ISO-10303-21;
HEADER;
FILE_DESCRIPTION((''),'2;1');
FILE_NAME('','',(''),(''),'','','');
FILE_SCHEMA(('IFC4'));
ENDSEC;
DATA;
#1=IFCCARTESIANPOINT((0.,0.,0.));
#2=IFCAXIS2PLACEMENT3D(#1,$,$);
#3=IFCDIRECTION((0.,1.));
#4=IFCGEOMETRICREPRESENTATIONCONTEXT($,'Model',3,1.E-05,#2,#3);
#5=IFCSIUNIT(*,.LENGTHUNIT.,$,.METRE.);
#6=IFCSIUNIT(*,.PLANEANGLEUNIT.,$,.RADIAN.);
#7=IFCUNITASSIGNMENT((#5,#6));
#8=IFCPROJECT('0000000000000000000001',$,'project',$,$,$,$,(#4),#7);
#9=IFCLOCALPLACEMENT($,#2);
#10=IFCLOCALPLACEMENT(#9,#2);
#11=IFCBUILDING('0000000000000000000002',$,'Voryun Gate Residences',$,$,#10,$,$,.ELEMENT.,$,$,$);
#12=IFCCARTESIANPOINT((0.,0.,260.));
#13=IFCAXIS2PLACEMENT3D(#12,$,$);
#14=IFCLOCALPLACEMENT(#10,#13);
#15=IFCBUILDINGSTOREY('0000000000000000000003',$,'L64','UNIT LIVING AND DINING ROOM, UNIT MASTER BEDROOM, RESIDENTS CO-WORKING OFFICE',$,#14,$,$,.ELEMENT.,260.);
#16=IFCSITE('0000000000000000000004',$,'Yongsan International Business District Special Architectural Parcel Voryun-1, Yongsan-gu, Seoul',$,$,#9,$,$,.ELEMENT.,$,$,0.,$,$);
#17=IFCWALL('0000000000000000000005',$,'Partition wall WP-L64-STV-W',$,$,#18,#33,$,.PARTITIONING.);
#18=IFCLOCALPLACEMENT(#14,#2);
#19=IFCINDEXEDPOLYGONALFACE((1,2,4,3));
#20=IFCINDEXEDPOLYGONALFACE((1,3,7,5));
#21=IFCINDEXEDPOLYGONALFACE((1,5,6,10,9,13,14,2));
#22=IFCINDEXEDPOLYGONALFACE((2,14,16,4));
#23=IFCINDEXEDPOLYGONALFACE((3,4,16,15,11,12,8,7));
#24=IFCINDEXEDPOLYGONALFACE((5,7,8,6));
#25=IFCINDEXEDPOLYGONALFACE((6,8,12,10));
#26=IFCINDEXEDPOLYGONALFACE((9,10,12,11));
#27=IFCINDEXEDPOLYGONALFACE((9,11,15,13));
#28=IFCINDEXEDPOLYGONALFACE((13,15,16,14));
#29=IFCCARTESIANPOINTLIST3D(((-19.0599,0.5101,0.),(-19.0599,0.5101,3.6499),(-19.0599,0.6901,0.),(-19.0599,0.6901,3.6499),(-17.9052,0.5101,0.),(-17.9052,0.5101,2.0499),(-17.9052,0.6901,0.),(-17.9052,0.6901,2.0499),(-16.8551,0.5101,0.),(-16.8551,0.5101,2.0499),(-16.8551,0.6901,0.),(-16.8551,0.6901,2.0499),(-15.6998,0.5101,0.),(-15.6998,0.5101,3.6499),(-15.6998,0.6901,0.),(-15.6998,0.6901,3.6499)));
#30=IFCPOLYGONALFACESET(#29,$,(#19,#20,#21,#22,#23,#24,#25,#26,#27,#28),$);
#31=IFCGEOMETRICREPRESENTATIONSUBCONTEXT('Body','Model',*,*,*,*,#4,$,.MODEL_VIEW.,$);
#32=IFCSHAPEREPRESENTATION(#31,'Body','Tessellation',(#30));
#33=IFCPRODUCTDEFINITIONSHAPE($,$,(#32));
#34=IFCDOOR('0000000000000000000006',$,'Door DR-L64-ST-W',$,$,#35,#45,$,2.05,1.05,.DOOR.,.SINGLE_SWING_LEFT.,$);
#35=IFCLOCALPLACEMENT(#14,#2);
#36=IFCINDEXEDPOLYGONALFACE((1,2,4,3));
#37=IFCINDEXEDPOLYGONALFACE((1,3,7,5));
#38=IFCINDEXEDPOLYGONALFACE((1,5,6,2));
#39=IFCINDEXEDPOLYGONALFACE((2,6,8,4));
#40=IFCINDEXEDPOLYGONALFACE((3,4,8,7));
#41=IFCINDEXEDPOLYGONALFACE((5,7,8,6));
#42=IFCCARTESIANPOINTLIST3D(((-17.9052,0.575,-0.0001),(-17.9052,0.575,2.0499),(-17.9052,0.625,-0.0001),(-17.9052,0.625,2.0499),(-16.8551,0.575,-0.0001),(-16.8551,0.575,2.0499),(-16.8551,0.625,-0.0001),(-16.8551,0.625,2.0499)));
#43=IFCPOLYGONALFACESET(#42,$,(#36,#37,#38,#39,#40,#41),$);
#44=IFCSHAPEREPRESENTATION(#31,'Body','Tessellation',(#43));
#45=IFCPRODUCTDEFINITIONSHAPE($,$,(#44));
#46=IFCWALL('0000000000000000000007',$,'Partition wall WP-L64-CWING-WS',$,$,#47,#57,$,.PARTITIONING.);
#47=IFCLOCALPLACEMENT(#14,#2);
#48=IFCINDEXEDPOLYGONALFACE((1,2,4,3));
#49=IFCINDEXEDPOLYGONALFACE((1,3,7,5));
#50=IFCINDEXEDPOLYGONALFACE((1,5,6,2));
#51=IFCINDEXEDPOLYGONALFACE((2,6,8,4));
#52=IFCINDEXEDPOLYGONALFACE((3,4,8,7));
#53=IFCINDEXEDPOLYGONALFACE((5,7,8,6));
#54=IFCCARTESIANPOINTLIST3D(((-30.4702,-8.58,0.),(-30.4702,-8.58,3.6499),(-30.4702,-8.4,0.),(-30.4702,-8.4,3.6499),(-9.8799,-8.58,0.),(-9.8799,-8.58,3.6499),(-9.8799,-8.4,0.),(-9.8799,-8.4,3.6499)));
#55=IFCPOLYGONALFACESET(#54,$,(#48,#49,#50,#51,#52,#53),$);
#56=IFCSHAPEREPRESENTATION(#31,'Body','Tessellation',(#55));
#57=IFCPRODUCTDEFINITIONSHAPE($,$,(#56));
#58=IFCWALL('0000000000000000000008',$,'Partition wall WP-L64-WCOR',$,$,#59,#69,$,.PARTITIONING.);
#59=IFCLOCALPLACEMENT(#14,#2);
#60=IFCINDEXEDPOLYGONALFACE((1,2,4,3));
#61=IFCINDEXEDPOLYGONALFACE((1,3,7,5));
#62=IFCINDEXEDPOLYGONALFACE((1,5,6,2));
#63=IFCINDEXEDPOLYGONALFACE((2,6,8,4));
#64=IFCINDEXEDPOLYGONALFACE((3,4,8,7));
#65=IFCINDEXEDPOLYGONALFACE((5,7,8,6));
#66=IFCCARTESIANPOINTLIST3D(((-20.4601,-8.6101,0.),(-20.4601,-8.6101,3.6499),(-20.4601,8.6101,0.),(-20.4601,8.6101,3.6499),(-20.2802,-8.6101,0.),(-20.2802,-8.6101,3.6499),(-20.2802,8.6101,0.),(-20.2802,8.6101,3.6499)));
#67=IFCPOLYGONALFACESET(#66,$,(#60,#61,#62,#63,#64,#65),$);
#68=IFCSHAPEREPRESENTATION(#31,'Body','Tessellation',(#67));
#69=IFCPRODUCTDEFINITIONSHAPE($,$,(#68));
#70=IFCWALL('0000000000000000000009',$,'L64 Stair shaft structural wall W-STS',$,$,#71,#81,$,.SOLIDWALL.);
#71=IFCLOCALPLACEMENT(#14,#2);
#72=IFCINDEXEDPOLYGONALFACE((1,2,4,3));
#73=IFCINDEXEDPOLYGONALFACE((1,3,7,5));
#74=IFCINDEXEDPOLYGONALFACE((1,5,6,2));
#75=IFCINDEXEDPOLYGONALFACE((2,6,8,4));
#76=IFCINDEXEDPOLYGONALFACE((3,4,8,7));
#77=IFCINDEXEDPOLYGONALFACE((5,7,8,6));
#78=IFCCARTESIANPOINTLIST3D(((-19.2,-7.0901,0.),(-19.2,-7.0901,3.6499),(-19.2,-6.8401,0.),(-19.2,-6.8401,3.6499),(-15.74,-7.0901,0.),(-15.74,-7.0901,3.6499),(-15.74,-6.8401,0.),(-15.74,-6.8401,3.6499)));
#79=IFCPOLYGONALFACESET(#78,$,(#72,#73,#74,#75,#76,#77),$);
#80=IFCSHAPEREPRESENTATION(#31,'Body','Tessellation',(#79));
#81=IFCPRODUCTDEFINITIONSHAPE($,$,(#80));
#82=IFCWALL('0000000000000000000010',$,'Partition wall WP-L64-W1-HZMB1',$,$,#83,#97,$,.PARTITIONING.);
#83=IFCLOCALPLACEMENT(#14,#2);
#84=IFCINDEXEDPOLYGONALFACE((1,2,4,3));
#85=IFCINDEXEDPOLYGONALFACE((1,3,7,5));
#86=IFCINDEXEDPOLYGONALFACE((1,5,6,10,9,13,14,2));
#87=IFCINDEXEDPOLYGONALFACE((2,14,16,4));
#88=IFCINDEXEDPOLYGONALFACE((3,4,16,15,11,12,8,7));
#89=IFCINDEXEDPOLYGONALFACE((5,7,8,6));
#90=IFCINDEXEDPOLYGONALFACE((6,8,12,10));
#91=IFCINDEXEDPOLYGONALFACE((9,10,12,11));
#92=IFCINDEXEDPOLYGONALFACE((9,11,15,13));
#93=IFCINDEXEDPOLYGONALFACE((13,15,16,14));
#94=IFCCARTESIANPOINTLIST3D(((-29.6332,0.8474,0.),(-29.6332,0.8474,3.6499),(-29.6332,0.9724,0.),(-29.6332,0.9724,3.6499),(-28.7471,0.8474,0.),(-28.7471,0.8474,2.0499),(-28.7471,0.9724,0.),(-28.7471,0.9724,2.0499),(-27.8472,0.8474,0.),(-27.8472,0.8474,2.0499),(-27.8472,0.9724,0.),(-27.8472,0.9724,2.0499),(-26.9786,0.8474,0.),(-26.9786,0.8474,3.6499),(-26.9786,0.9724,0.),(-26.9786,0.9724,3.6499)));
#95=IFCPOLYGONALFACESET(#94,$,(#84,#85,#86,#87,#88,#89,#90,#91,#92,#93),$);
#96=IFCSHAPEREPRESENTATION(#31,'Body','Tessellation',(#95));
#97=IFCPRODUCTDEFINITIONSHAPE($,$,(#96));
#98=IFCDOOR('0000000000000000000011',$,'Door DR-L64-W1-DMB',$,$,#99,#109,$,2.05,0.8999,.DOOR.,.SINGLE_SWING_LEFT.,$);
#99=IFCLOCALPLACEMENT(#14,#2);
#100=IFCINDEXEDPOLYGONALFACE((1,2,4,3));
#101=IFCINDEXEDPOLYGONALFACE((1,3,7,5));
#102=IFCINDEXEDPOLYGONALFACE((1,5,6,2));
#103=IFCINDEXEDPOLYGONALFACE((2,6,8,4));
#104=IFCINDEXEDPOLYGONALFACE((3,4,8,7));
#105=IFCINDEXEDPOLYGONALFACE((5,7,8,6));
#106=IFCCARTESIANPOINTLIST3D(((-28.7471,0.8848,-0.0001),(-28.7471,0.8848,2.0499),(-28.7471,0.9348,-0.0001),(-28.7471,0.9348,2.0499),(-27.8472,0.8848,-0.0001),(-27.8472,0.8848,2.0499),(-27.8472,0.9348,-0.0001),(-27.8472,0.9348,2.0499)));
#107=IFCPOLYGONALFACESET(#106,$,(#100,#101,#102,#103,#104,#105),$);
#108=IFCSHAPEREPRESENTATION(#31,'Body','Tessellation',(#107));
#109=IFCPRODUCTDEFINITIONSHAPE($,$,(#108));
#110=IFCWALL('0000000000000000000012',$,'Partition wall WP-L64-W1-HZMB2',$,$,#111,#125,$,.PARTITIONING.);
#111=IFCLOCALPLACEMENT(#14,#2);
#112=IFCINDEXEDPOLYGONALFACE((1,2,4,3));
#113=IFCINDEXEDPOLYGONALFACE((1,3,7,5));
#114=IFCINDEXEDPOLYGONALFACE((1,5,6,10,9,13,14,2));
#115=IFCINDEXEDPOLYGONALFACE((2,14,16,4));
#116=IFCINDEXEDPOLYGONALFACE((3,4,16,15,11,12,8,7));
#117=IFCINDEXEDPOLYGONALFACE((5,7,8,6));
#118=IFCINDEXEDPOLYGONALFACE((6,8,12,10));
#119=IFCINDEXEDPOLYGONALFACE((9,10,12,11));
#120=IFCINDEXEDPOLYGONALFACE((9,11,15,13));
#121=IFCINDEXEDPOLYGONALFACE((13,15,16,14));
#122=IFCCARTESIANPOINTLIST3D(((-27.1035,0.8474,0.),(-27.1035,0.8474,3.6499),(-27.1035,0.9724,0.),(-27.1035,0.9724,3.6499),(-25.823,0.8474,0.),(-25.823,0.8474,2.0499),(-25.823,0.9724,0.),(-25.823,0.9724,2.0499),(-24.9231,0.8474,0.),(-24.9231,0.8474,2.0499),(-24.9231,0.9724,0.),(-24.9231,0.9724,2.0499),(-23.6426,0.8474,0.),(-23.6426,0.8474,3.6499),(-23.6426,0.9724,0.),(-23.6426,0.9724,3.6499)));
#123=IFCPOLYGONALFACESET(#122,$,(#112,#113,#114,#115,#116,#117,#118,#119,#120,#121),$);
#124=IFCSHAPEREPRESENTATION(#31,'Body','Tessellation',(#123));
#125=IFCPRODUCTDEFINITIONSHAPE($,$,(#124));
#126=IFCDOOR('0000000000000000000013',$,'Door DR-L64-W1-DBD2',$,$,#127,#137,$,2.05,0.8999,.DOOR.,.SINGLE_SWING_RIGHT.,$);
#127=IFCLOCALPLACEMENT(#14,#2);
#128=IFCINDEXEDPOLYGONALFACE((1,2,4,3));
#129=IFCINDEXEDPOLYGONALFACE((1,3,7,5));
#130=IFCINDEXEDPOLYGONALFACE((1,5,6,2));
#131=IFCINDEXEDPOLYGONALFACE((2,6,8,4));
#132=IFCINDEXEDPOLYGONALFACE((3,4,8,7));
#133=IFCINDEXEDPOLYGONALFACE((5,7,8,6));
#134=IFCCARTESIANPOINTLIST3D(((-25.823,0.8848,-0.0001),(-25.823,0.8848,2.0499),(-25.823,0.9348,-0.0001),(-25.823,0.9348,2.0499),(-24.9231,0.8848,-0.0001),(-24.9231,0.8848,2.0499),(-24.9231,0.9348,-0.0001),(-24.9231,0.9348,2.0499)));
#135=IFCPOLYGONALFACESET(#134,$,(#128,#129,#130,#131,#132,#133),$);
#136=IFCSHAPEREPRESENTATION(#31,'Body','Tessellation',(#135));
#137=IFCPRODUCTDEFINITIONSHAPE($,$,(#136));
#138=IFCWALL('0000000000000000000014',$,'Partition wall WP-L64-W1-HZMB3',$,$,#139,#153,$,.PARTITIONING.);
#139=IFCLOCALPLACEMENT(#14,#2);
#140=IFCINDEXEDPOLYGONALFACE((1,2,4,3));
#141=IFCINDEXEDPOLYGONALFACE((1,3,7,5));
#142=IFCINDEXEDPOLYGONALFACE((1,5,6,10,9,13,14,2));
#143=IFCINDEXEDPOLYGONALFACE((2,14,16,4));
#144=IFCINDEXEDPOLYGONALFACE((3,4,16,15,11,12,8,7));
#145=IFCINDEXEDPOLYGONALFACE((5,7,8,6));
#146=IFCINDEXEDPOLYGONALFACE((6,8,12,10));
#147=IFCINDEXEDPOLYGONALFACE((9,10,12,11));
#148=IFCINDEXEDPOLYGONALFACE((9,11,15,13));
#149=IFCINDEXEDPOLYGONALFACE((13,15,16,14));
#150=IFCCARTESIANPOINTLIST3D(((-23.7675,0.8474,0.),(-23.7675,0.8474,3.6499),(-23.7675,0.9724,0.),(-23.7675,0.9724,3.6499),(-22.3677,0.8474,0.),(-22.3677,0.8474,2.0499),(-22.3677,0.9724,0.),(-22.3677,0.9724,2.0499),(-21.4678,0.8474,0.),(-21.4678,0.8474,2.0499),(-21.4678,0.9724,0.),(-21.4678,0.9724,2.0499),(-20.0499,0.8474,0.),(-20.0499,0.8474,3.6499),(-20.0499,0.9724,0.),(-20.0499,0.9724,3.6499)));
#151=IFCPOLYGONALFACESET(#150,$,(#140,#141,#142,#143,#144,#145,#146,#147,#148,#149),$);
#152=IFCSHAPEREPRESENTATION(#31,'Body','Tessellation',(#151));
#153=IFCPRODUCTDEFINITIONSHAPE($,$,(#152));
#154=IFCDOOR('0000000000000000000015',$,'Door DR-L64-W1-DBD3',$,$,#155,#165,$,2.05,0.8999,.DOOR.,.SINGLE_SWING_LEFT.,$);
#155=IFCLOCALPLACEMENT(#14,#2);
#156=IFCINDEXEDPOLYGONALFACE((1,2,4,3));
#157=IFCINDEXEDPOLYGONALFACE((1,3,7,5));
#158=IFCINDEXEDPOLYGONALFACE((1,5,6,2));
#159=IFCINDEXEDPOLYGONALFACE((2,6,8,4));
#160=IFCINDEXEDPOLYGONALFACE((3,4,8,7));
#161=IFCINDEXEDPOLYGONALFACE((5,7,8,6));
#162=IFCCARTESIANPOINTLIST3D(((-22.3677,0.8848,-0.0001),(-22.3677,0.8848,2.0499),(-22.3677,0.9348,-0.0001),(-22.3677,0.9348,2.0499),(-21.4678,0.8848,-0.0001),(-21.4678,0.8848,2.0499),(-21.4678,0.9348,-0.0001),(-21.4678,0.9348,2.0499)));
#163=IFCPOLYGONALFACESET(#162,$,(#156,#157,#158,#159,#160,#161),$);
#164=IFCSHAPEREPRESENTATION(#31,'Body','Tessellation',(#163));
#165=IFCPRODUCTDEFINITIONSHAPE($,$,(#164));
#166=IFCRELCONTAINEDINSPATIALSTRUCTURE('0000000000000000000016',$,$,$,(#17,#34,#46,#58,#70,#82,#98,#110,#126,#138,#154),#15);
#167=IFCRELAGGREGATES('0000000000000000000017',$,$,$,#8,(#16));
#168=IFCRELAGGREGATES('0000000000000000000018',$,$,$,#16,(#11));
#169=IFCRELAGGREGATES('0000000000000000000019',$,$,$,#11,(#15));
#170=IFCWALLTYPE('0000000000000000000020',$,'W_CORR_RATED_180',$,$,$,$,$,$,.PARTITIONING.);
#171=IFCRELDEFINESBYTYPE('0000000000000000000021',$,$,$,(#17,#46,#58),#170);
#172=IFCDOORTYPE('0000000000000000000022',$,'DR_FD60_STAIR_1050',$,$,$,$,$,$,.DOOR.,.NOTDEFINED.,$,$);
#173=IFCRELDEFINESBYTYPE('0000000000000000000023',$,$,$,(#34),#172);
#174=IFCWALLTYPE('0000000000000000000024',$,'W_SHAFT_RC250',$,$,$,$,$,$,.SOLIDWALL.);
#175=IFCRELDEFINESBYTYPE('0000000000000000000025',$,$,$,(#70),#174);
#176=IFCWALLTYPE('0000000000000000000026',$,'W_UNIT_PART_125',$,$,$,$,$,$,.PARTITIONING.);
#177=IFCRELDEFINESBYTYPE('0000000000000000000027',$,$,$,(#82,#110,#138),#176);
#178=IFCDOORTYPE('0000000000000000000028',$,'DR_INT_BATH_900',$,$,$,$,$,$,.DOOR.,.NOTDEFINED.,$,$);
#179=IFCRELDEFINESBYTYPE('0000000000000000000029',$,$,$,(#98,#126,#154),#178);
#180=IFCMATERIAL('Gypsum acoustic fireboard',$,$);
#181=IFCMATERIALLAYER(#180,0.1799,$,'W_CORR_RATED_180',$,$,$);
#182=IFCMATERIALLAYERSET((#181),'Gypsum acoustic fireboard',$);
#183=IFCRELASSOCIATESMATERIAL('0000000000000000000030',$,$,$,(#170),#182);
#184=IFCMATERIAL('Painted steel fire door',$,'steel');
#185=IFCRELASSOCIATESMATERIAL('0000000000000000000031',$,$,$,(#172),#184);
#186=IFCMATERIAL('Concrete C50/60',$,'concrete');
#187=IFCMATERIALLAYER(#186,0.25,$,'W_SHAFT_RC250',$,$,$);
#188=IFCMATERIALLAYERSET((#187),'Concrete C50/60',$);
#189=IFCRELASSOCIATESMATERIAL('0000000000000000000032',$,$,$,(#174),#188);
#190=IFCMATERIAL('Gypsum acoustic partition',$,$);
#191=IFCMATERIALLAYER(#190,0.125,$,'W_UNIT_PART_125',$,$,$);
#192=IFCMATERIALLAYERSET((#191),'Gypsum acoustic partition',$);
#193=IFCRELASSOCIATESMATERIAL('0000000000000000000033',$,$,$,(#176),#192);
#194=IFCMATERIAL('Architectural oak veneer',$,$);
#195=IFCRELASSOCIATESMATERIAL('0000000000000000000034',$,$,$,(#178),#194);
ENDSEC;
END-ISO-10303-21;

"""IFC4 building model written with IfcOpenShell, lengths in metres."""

from ifc_helpers import new_model, si_unit, direction, frame, frame_2d, origin, place, context, subcontext, project, spatial, rectangle, extrude, material, layer, layer_set, type_object, element, fill, save


model = new_model("IFC4")

# Units and contexts
model_context = context("Model", 3, precision=1e-05, world=origin(), true_north=direction((0.0, 1.0)))
body_context = subcontext(model_context, "Body", "Model", "MODEL_VIEW")
ifc_project = project(units=[si_unit("LENGTHUNIT", "METRE"), si_unit("PLANEANGLEUNIT", "RADIAN")], contexts=[model_context])

# Site, building, storey
site_placement = place(None, origin())
site = spatial("IfcSite", under=ifc_project, at=site_placement, Name="Yongsan International Business District Special Architectural Parcel Voryun-1, Yongsan-gu, Seoul", CompositionType="ELEMENT", RefElevation=0.0)
building_placement = place(site_placement, origin())
building = spatial("IfcBuilding", under=site, at=building_placement, Name="Voryun Gate Residences", CompositionType="ELEMENT")
storey_placement = place(building_placement, frame((0.0, 0.0, 260.0)))
storey = spatial("IfcBuildingStorey", under=building, at=storey_placement, Name="L64", Description="UNIT LIVING AND DINING ROOM, UNIT MASTER BEDROOM, RESIDENTS CO-WORKING OFFICE", CompositionType="ELEMENT", Elevation=260.0)

# Wall, opening, door
ifc_material_1 = material(Name="Gypsum acoustic fireboard")
ifc_layer_1 = layer(ifc_material_1, 0.1799, Name="W_CORR_RATED_180")
ifc_layer_set_1 = layer_set([ifc_layer_1], Name="Gypsum acoustic fireboard")
wall_type_1 = type_object("IfcWallType", Name="W_CORR_RATED_180", PredefinedType="PARTITIONING", material=ifc_layer_set_1)
wall_1_placement = place(storey_placement, frame((-19.0601, 0.6001, 0.0), z_axis=(0.0, 0.0, 1.0), x_axis=(1.0, 0.0, 0.0)))
wall_1 = element("IfcWall", 1, at=wall_1_placement, inside=storey, type_object=wall_type_1, Name="Partition wall WP-L64-STV-W", PredefinedType="PARTITIONING", context=body_context, shape_type="SweptSolid", body=[
    extrude(rectangle(XDim=3.3601, YDim=0.1799, at=frame_2d((1.6802, 0.0))), origin(), (0.0, 0.0, 1.0), 3.6499),
])
opening_1_placement = place(wall_1_placement, frame((1.155, 0.0, 0.0)))
opening_1 = element("IfcOpeningElement", 2, at=opening_1_placement, cuts=wall_1, PredefinedType="OPENING", context=body_context, shape_type="SweptSolid", body=[
    extrude(rectangle(XDim=1.05, YDim=2.05, at=frame_2d((0.5249, 1.0249))), frame((0.0, 0.0999, 0.0), z_axis=(0.0, -1.0, 0.0), x_axis=(1.0, 0.0, 0.0)), (0.0, 0.0, 1.0), 0.2),
])
ifc_material_2 = material(Name="Painted steel fire door", Category="steel")
door_type_1 = type_object("IfcDoorType", Name="DR_FD60_STAIR_1050", OperationType="NOTDEFINED", PredefinedType="DOOR", material=ifc_material_2)
door_1_placement = place(opening_1_placement, origin())
door_1 = element("IfcDoor", 3, at=door_1_placement, inside=storey, type_object=door_type_1, Name="Door DR-L64-ST-W", OperationType="SINGLE_SWING_LEFT", OverallHeight=2.05, OverallWidth=1.05, PredefinedType="DOOR", context=body_context, shape_type="SweptSolid", body=[
    extrude(rectangle(XDim=1.05, YDim=2.05, at=frame_2d((0.5249, 1.0249))), frame((0.0, 0.0249, 0.0), z_axis=(0.0, -1.0, 0.0), x_axis=(1.0, 0.0, 0.0)), (0.0, 0.0, 1.0), 0.05),
])
fill(opening_1, door_1)

# Walls
wall_2_placement = place(storey_placement, frame((-30.4702, -8.49, 0.0), z_axis=(0.0, 0.0, 1.0), x_axis=(1.0, 0.0, 0.0)))
element("IfcWall", 4, at=wall_2_placement, inside=storey, type_object=wall_type_1, Name="Partition wall WP-L64-CWING-WS", PredefinedType="PARTITIONING", context=body_context, shape_type="SweptSolid", body=[
    extrude(rectangle(XDim=20.5903, YDim=0.1799, at=frame_2d((10.2952, 0.0))), origin(), (0.0, 0.0, 1.0), 3.6499),
])
wall_3_placement = place(storey_placement, frame((-20.3701, -8.6101, 0.0), z_axis=(0.0, 0.0, 1.0), x_axis=(0.0, 1.0, 0.0)))
element("IfcWall", 5, at=wall_3_placement, inside=storey, type_object=wall_type_1, Name="Partition wall WP-L64-WCOR", PredefinedType="PARTITIONING", context=body_context, shape_type="SweptSolid", body=[
    extrude(rectangle(XDim=17.2202, YDim=0.1799, at=frame_2d((8.6101, 0.0))), origin(), (0.0, 0.0, 1.0), 3.6499),
])
ifc_material_3 = material(Name="Concrete C50/60", Category="concrete")
ifc_layer_2 = layer(ifc_material_3, 0.25, Name="W_SHAFT_RC250")
ifc_layer_set_2 = layer_set([ifc_layer_2], Name="Concrete C50/60")
wall_type_2 = type_object("IfcWallType", Name="W_SHAFT_RC250", PredefinedType="SOLIDWALL", material=ifc_layer_set_2)
wall_4_placement = place(storey_placement, frame((-19.2, -6.9651, 0.0), z_axis=(0.0, 0.0, 1.0), x_axis=(1.0, 0.0, 0.0)))
element("IfcWall", 6, at=wall_4_placement, inside=storey, type_object=wall_type_2, Name="L64 Stair shaft structural wall W-STS", PredefinedType="SOLIDWALL", context=body_context, shape_type="SweptSolid", body=[
    extrude(rectangle(XDim=3.46, YDim=0.25, at=frame_2d((1.73, 0.0))), origin(), (0.0, 0.0, 1.0), 3.6499),
])

# Walls, openings, doors
ifc_material_4 = material(Name="Gypsum acoustic partition")
ifc_layer_3 = layer(ifc_material_4, 0.125, Name="W_UNIT_PART_125")
ifc_layer_set_3 = layer_set([ifc_layer_3], Name="Gypsum acoustic partition")
wall_type_3 = type_object("IfcWallType", Name="W_UNIT_PART_125", PredefinedType="PARTITIONING", material=ifc_layer_set_3)
wall_5_placement = place(storey_placement, frame((-29.6331, 0.9099, 0.0), z_axis=(0.0, 0.0, 1.0), x_axis=(1.0, 0.0, 0.0)))
wall_5 = element("IfcWall", 7, at=wall_5_placement, inside=storey, type_object=wall_type_3, Name="Partition wall WP-L64-W1-HZMB1", PredefinedType="PARTITIONING", context=body_context, shape_type="SweptSolid", body=[
    extrude(rectangle(XDim=2.6545, YDim=0.125, at=frame_2d((1.3271, 0.0))), origin(), (0.0, 0.0, 1.0), 3.6499),
])
opening_2_placement = place(wall_5_placement, frame((0.886, 0.0, 0.0)))
opening_2 = element("IfcOpeningElement", 8, at=opening_2_placement, cuts=wall_5, PredefinedType="OPENING", context=body_context, shape_type="SweptSolid", body=[
    extrude(rectangle(XDim=0.8999, YDim=2.05, at=frame_2d((0.45, 1.0249))), frame((0.0, 0.0725, 0.0), z_axis=(0.0, -1.0, 0.0), x_axis=(1.0, 0.0, 0.0)), (0.0, 0.0, 1.0), 0.145),
])
ifc_material_5 = material(Name="Architectural oak veneer")
door_type_2 = type_object("IfcDoorType", Name="DR_INT_BATH_900", OperationType="NOTDEFINED", PredefinedType="DOOR", material=ifc_material_5)
door_2_placement = place(opening_2_placement, origin())
door_2 = element("IfcDoor", 9, at=door_2_placement, inside=storey, type_object=door_type_2, Name="Door DR-L64-W1-DMB", OperationType="SINGLE_SWING_LEFT", OverallHeight=2.05, OverallWidth=0.8999, PredefinedType="DOOR", context=body_context, shape_type="SweptSolid", body=[
    extrude(rectangle(XDim=0.8999, YDim=2.05, at=frame_2d((0.45, 1.0249))), frame((0.0, 0.0249, 0.0), z_axis=(0.0, -1.0, 0.0), x_axis=(1.0, 0.0, 0.0)), (0.0, 0.0, 1.0), 0.05),
])
fill(opening_2, door_2)
wall_6_placement = place(storey_placement, frame((-27.1035, 0.9099, 0.0), z_axis=(0.0, 0.0, 1.0), x_axis=(1.0, 0.0, 0.0)))
wall_6 = element("IfcWall", 10, at=wall_6_placement, inside=storey, type_object=wall_type_3, Name="Partition wall WP-L64-W1-HZMB2", PredefinedType="PARTITIONING", context=body_context, shape_type="SweptSolid", body=[
    extrude(rectangle(XDim=3.4609, YDim=0.125, at=frame_2d((1.7305, 0.0))), origin(), (0.0, 0.0, 1.0), 3.6499),
])
opening_3_placement = place(wall_6_placement, frame((1.2805, 0.0, 0.0)))
opening_3 = element("IfcOpeningElement", 11, at=opening_3_placement, cuts=wall_6, PredefinedType="OPENING", context=body_context, shape_type="SweptSolid", body=[
    extrude(rectangle(XDim=0.8999, YDim=2.05, at=frame_2d((0.45, 1.0249))), frame((0.0, 0.0725, 0.0), z_axis=(0.0, -1.0, 0.0), x_axis=(1.0, 0.0, 0.0)), (0.0, 0.0, 1.0), 0.145),
])
door_3_placement = place(opening_3_placement, origin())
door_3 = element("IfcDoor", 12, at=door_3_placement, inside=storey, type_object=door_type_2, Name="Door DR-L64-W1-DBD2", OperationType="SINGLE_SWING_RIGHT", OverallHeight=2.05, OverallWidth=0.8999, PredefinedType="DOOR", context=body_context, shape_type="SweptSolid", body=[
    extrude(rectangle(XDim=0.8999, YDim=2.05, at=frame_2d((0.45, 1.0249))), frame((0.0, 0.0249, 0.0), z_axis=(0.0, -1.0, 0.0), x_axis=(1.0, 0.0, 0.0)), (0.0, 0.0, 1.0), 0.05),
])
fill(opening_3, door_3)
wall_7_placement = place(storey_placement, frame((-23.7676, 0.9099, 0.0), z_axis=(0.0, 0.0, 1.0), x_axis=(1.0, 0.0, 0.0)))
wall_7 = element("IfcWall", 13, at=wall_7_placement, inside=storey, type_object=wall_type_3, Name="Partition wall WP-L64-W1-HZMB3", PredefinedType="PARTITIONING", context=body_context, shape_type="SweptSolid", body=[
    extrude(rectangle(XDim=3.7175, YDim=0.125, at=frame_2d((1.8589, 0.0))), origin(), (0.0, 0.0, 1.0), 3.6499),
])
opening_4_placement = place(wall_7_placement, frame((1.3999, 0.0, 0.0)))
opening_4 = element("IfcOpeningElement", 14, at=opening_4_placement, cuts=wall_7, PredefinedType="OPENING", context=body_context, shape_type="SweptSolid", body=[
    extrude(rectangle(XDim=0.8999, YDim=2.05, at=frame_2d((0.45, 1.0249))), frame((0.0, 0.0725, 0.0), z_axis=(0.0, -1.0, 0.0), x_axis=(1.0, 0.0, 0.0)), (0.0, 0.0, 1.0), 0.145),
])
door_4_placement = place(opening_4_placement, origin())
door_4 = element("IfcDoor", 15, at=door_4_placement, inside=storey, type_object=door_type_2, Name="Door DR-L64-W1-DBD3", OperationType="SINGLE_SWING_LEFT", OverallHeight=2.05, OverallWidth=0.8999, PredefinedType="DOOR", context=body_context, shape_type="SweptSolid", body=[
    extrude(rectangle(XDim=0.8999, YDim=2.05, at=frame_2d((0.45, 1.0249))), frame((0.0, 0.0249, 0.0), z_axis=(0.0, -1.0, 0.0), x_axis=(1.0, 0.0, 0.0)), (0.0, 0.0, 1.0), 0.05),
])
fill(opening_4, door_4)

save(model, "model.ifc")
